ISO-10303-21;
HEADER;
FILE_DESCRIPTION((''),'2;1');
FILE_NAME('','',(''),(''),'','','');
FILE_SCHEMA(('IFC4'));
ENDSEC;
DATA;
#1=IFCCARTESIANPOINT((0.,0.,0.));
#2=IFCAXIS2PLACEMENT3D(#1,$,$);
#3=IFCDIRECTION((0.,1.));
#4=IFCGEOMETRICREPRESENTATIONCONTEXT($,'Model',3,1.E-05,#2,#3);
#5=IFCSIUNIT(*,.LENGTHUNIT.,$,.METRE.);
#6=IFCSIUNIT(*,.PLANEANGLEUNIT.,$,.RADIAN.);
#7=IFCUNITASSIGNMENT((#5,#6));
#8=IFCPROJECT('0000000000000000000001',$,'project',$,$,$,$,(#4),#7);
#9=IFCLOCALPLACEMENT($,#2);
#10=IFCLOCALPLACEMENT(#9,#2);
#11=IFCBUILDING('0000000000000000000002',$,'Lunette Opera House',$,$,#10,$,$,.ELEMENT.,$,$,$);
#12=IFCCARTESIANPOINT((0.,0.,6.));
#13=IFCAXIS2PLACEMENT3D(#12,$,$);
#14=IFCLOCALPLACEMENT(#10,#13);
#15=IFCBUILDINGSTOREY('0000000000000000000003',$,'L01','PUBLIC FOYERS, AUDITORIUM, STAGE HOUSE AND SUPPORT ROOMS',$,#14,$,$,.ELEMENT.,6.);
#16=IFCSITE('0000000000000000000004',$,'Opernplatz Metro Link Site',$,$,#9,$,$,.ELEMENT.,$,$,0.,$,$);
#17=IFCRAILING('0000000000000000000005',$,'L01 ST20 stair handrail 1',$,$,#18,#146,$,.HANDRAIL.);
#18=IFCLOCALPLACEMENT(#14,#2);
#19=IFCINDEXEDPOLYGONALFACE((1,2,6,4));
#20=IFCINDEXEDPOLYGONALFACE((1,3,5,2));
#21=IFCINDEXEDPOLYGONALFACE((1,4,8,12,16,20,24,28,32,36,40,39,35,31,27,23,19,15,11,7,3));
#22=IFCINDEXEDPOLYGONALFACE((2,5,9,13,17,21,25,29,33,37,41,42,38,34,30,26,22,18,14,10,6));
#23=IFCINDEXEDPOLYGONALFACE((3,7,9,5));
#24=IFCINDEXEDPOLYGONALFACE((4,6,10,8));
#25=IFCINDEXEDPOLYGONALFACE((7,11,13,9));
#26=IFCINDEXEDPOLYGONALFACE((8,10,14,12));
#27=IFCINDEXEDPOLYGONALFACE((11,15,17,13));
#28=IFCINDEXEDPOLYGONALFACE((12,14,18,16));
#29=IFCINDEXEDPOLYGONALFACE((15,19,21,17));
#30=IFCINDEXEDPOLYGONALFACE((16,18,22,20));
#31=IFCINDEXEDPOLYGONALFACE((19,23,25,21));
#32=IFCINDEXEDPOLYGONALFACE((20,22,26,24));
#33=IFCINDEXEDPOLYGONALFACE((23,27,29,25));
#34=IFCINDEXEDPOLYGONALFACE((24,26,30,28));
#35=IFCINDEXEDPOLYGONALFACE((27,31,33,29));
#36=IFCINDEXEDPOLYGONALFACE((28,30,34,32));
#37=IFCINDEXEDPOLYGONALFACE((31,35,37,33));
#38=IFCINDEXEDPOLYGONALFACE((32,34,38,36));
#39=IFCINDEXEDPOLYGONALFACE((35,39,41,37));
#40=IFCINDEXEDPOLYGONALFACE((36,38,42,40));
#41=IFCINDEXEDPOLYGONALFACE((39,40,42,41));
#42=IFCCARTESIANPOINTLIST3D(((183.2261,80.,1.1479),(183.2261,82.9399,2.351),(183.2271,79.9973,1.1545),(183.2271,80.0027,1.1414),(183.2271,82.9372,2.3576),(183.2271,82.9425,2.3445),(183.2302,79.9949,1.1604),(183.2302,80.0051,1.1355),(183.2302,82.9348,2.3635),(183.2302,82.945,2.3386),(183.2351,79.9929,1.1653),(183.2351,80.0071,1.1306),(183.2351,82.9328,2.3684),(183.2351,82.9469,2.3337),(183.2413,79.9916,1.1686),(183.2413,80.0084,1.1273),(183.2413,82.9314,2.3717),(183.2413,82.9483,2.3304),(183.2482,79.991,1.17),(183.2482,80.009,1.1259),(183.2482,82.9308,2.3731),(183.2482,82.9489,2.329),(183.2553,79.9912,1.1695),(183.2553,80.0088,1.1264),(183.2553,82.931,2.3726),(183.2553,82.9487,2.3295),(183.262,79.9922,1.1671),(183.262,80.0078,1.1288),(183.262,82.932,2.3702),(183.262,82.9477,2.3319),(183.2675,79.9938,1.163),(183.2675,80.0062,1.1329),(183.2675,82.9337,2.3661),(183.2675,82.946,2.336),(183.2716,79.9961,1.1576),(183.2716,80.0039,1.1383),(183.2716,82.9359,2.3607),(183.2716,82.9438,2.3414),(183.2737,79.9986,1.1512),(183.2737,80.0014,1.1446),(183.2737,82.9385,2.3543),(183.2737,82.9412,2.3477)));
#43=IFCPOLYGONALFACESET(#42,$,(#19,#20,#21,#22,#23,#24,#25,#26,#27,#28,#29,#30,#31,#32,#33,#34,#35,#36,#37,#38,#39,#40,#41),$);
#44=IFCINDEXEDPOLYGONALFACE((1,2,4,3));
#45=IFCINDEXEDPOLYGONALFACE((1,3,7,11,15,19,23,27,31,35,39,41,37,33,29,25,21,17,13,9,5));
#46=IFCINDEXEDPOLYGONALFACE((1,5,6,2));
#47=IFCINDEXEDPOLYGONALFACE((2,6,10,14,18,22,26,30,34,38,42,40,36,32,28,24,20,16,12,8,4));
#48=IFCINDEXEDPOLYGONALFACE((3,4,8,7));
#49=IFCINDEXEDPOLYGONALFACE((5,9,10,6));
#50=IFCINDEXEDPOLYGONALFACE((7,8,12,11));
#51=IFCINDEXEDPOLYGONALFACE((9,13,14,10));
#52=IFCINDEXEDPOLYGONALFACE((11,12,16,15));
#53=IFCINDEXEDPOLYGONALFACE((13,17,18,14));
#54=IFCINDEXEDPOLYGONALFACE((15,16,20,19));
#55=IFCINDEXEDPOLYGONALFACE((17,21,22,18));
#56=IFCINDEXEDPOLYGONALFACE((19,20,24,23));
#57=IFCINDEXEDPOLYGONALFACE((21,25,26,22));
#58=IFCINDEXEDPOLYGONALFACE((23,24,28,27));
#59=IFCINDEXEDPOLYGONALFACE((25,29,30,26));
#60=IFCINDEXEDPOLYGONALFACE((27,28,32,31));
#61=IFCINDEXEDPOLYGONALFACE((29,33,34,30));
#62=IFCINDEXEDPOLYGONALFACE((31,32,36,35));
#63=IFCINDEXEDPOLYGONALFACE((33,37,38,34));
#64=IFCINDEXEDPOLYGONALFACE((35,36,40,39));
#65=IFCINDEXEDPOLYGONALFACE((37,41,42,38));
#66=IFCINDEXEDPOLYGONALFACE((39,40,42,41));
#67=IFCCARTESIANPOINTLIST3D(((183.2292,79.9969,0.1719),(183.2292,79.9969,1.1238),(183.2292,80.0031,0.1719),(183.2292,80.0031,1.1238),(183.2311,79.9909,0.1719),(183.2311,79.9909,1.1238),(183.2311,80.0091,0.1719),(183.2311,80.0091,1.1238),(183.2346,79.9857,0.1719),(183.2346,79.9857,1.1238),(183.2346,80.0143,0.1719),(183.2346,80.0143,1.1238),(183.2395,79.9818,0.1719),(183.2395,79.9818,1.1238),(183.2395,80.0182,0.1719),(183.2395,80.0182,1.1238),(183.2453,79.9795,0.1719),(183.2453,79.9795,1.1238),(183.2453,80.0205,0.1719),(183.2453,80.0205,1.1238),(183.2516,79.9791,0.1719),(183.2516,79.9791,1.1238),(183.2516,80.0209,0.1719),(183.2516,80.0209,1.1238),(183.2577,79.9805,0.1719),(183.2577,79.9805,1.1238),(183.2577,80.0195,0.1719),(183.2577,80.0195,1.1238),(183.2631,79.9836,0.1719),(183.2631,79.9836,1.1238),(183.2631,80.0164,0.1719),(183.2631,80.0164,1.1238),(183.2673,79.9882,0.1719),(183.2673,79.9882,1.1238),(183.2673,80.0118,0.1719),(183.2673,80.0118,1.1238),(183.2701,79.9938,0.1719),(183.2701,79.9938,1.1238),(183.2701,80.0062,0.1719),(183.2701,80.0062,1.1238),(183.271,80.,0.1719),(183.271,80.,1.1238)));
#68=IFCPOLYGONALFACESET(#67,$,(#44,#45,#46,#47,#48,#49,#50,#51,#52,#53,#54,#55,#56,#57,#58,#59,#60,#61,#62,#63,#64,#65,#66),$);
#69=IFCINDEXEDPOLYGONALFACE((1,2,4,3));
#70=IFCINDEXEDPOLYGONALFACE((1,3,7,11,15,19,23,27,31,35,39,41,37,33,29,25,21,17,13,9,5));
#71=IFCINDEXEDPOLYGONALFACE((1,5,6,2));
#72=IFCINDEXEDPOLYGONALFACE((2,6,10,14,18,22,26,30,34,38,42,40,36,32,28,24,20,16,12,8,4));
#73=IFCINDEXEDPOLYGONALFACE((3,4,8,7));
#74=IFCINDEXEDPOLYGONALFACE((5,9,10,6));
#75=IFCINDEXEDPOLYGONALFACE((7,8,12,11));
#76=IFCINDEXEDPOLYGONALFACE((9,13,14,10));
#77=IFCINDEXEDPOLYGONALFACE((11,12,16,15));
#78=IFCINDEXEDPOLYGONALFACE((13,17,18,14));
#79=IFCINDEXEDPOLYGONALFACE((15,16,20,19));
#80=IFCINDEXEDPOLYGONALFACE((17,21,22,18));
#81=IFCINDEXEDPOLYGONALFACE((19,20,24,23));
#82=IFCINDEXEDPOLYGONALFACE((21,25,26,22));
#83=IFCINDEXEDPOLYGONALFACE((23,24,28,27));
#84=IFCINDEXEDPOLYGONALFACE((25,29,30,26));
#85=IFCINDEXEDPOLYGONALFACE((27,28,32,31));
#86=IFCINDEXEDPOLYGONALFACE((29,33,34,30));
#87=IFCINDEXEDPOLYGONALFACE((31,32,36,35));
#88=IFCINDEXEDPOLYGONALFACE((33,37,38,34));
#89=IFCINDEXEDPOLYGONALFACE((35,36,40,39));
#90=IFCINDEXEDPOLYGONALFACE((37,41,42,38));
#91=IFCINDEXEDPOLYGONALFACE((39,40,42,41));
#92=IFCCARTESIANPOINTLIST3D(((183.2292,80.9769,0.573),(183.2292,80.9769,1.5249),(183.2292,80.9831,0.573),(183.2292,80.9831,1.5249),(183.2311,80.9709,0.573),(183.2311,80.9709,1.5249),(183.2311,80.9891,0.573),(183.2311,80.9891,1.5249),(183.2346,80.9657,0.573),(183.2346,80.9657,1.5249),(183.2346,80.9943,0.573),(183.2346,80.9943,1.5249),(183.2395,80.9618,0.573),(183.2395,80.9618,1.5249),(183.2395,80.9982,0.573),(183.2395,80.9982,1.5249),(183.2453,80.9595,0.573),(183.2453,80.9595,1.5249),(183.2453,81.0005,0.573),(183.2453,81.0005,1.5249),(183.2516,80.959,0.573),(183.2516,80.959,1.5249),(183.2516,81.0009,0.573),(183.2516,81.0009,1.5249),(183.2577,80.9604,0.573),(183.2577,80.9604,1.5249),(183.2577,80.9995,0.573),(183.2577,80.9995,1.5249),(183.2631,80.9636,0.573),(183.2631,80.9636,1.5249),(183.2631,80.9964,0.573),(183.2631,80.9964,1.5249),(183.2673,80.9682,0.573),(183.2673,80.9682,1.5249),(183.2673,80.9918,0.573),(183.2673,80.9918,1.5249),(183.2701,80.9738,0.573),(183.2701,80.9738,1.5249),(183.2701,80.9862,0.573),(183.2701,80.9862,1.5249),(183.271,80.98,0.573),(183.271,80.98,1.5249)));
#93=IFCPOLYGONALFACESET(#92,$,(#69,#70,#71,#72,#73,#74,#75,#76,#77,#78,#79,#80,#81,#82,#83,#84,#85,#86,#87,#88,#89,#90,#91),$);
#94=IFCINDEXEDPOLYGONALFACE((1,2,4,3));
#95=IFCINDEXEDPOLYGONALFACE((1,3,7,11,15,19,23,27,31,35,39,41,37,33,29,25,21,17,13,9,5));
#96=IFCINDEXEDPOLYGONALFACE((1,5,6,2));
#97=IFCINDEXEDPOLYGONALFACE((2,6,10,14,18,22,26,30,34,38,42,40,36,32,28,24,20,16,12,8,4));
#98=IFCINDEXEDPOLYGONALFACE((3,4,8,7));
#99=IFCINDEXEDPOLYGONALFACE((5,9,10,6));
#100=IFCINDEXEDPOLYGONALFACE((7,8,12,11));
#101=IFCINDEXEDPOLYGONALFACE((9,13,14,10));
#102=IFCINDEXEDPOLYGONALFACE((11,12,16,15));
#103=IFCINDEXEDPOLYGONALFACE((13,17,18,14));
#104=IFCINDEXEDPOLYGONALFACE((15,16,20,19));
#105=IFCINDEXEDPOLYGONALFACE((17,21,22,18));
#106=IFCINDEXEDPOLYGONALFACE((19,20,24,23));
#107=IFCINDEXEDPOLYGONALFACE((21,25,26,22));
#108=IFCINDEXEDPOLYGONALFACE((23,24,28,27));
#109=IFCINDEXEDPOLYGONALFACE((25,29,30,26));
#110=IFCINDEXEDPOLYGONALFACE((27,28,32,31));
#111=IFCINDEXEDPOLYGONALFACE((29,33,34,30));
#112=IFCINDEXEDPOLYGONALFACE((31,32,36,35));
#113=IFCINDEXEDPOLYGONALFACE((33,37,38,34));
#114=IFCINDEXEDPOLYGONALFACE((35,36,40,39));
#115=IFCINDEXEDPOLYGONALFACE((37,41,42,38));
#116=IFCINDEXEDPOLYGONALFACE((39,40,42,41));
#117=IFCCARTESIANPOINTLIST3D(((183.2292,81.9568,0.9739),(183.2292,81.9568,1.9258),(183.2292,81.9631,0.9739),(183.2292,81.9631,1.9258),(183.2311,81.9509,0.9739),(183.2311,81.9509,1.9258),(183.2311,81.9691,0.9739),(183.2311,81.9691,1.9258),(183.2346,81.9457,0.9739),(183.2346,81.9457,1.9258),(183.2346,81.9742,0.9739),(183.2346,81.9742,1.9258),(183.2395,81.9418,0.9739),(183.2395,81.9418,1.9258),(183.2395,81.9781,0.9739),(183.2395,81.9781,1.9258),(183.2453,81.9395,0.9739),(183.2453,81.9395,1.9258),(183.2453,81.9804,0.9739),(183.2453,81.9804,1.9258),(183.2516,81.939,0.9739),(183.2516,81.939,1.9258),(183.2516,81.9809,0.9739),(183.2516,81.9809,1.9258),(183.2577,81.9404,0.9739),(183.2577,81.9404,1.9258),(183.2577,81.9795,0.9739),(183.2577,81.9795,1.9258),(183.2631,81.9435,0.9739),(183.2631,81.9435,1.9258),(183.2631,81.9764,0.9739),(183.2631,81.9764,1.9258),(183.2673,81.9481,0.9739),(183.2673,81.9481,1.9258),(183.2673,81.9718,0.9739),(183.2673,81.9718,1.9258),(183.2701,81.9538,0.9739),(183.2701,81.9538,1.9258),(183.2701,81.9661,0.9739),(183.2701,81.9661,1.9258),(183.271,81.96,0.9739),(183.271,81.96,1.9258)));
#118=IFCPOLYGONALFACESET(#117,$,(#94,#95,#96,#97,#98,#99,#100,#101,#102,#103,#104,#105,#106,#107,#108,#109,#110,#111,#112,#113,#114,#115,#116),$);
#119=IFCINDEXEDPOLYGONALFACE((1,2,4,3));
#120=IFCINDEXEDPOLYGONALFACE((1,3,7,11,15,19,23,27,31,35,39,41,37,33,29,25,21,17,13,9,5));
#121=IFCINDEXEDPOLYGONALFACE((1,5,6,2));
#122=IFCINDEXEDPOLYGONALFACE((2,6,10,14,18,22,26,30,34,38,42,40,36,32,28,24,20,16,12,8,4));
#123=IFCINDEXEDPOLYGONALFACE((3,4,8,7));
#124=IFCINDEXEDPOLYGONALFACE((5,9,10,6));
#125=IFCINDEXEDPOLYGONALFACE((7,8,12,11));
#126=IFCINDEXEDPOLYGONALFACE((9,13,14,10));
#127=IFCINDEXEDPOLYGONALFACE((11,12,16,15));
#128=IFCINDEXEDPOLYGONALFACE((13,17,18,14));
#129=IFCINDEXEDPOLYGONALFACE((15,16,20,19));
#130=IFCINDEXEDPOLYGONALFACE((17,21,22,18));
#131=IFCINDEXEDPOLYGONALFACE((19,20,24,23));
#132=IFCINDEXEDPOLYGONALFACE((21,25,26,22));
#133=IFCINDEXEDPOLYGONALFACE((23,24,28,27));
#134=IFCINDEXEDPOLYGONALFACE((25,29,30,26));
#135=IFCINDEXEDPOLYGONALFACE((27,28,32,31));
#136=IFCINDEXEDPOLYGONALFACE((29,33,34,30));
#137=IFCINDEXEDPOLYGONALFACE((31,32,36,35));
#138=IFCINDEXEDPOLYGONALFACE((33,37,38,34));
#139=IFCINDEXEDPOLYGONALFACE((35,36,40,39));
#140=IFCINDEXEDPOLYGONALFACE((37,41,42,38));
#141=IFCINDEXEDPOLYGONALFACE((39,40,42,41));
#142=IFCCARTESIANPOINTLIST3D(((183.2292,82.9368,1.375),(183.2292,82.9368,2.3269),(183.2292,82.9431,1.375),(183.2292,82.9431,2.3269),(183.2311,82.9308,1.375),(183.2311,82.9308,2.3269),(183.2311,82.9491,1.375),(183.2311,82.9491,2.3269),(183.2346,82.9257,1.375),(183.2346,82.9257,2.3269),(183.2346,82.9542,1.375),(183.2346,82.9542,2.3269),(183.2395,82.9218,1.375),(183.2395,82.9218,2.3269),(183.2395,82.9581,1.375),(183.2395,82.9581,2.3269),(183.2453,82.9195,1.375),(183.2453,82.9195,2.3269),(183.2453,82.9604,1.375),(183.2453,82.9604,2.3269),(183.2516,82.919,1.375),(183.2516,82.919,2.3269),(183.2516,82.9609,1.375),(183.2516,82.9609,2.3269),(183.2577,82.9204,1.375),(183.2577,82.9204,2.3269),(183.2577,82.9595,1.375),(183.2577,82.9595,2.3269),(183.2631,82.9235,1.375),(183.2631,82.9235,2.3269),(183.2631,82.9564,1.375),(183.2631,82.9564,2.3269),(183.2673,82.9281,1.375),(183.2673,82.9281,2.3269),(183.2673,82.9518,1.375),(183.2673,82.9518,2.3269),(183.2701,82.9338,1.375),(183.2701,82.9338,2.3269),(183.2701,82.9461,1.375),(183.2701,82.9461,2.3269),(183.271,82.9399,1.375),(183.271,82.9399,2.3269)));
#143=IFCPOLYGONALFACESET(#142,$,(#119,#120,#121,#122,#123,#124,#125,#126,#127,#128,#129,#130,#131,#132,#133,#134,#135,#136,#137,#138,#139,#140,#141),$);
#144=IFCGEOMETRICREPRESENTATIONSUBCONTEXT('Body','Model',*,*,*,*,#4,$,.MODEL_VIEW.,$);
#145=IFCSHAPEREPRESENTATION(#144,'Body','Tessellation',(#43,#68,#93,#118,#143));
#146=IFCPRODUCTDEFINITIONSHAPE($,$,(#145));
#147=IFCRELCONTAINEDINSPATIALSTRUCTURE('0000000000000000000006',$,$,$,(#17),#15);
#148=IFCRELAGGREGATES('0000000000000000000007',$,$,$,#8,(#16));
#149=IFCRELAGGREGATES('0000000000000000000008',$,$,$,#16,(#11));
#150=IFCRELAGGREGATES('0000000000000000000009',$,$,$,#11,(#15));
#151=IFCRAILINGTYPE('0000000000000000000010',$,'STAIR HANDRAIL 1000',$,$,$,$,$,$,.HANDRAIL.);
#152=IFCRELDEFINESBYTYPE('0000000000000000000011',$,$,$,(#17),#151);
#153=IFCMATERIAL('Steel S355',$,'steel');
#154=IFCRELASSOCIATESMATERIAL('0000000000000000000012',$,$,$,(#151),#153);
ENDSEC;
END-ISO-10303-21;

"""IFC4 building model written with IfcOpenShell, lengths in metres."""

from ifc_helpers import new_model, si_unit, direction, frame, origin, origin_2d, place, context, subcontext, project, spatial, circle, extrude, material, type_object, element, save


model = new_model("IFC4")

# Units and contexts
model_context = context("Model", 3, precision=1e-05, world=origin(), true_north=direction((0.0, 1.0)))
body_context = subcontext(model_context, "Body", "Model", "MODEL_VIEW")
ifc_project = project(units=[si_unit("LENGTHUNIT", "METRE"), si_unit("PLANEANGLEUNIT", "RADIAN")], contexts=[model_context])

# Site, building, storey
site_placement = place(None, origin())
site = spatial("IfcSite", under=ifc_project, at=site_placement, Name="Opernplatz Metro Link Site", CompositionType="ELEMENT", RefElevation=0.0)
building_placement = place(site_placement, origin())
building = spatial("IfcBuilding", under=site, at=building_placement, Name="Lunette Opera House", CompositionType="ELEMENT")
storey_placement = place(building_placement, frame((0.0, 0.0, 6.0)))
storey = spatial("IfcBuildingStorey", under=building, at=storey_placement, Name="L01", Description="PUBLIC FOYERS, AUDITORIUM, STAGE HOUSE AND SUPPORT ROOMS", CompositionType="ELEMENT", Elevation=6.0)

# Railing
ifc_material_1 = material(Name="Steel S355", Category="steel")
railing_type_1 = type_object("IfcRailingType", Name="STAIR HANDRAIL 1000", PredefinedType="HANDRAIL", material=ifc_material_1)
for number, where, name in (
    (1, (183.25, 80.0, 0.1719), "L01 ST20 stair handrail 1"),
):
    element("IfcRailing", number, at=place(storey_placement, frame(where)), inside=storey, type_object=railing_type_1, Name=name, PredefinedType="HANDRAIL", context=body_context, shape_type="SweptSolid", body=[
        extrude(circle(Radius=0.0239, at=origin_2d()), frame((0.0, 0.0, 0.9761), z_axis=(0.0, 0.9255, 0.378747), x_axis=(-1.0, 0.0, 0.0)), (0.0, 0.0, 1.0), 3.1765),
        extrude(circle(Radius=0.021, at=origin_2d()), origin(), (0.0, 0.0, 1.0), 0.9519),
        extrude(circle(Radius=0.021, at=origin_2d()), frame((0.0, 0.98, 0.4011)), (0.0, 0.0, 1.0), 0.9519),
        extrude(circle(Radius=0.021, at=origin_2d()), frame((0.0, 1.96, 0.802)), (0.0, 0.0, 1.0), 0.9519),
        extrude(circle(Radius=0.021, at=origin_2d()), frame((0.0, 2.9399, 1.2031)), (0.0, 0.0, 1.0), 0.9519),
    ])

save(model, "model.ifc")
